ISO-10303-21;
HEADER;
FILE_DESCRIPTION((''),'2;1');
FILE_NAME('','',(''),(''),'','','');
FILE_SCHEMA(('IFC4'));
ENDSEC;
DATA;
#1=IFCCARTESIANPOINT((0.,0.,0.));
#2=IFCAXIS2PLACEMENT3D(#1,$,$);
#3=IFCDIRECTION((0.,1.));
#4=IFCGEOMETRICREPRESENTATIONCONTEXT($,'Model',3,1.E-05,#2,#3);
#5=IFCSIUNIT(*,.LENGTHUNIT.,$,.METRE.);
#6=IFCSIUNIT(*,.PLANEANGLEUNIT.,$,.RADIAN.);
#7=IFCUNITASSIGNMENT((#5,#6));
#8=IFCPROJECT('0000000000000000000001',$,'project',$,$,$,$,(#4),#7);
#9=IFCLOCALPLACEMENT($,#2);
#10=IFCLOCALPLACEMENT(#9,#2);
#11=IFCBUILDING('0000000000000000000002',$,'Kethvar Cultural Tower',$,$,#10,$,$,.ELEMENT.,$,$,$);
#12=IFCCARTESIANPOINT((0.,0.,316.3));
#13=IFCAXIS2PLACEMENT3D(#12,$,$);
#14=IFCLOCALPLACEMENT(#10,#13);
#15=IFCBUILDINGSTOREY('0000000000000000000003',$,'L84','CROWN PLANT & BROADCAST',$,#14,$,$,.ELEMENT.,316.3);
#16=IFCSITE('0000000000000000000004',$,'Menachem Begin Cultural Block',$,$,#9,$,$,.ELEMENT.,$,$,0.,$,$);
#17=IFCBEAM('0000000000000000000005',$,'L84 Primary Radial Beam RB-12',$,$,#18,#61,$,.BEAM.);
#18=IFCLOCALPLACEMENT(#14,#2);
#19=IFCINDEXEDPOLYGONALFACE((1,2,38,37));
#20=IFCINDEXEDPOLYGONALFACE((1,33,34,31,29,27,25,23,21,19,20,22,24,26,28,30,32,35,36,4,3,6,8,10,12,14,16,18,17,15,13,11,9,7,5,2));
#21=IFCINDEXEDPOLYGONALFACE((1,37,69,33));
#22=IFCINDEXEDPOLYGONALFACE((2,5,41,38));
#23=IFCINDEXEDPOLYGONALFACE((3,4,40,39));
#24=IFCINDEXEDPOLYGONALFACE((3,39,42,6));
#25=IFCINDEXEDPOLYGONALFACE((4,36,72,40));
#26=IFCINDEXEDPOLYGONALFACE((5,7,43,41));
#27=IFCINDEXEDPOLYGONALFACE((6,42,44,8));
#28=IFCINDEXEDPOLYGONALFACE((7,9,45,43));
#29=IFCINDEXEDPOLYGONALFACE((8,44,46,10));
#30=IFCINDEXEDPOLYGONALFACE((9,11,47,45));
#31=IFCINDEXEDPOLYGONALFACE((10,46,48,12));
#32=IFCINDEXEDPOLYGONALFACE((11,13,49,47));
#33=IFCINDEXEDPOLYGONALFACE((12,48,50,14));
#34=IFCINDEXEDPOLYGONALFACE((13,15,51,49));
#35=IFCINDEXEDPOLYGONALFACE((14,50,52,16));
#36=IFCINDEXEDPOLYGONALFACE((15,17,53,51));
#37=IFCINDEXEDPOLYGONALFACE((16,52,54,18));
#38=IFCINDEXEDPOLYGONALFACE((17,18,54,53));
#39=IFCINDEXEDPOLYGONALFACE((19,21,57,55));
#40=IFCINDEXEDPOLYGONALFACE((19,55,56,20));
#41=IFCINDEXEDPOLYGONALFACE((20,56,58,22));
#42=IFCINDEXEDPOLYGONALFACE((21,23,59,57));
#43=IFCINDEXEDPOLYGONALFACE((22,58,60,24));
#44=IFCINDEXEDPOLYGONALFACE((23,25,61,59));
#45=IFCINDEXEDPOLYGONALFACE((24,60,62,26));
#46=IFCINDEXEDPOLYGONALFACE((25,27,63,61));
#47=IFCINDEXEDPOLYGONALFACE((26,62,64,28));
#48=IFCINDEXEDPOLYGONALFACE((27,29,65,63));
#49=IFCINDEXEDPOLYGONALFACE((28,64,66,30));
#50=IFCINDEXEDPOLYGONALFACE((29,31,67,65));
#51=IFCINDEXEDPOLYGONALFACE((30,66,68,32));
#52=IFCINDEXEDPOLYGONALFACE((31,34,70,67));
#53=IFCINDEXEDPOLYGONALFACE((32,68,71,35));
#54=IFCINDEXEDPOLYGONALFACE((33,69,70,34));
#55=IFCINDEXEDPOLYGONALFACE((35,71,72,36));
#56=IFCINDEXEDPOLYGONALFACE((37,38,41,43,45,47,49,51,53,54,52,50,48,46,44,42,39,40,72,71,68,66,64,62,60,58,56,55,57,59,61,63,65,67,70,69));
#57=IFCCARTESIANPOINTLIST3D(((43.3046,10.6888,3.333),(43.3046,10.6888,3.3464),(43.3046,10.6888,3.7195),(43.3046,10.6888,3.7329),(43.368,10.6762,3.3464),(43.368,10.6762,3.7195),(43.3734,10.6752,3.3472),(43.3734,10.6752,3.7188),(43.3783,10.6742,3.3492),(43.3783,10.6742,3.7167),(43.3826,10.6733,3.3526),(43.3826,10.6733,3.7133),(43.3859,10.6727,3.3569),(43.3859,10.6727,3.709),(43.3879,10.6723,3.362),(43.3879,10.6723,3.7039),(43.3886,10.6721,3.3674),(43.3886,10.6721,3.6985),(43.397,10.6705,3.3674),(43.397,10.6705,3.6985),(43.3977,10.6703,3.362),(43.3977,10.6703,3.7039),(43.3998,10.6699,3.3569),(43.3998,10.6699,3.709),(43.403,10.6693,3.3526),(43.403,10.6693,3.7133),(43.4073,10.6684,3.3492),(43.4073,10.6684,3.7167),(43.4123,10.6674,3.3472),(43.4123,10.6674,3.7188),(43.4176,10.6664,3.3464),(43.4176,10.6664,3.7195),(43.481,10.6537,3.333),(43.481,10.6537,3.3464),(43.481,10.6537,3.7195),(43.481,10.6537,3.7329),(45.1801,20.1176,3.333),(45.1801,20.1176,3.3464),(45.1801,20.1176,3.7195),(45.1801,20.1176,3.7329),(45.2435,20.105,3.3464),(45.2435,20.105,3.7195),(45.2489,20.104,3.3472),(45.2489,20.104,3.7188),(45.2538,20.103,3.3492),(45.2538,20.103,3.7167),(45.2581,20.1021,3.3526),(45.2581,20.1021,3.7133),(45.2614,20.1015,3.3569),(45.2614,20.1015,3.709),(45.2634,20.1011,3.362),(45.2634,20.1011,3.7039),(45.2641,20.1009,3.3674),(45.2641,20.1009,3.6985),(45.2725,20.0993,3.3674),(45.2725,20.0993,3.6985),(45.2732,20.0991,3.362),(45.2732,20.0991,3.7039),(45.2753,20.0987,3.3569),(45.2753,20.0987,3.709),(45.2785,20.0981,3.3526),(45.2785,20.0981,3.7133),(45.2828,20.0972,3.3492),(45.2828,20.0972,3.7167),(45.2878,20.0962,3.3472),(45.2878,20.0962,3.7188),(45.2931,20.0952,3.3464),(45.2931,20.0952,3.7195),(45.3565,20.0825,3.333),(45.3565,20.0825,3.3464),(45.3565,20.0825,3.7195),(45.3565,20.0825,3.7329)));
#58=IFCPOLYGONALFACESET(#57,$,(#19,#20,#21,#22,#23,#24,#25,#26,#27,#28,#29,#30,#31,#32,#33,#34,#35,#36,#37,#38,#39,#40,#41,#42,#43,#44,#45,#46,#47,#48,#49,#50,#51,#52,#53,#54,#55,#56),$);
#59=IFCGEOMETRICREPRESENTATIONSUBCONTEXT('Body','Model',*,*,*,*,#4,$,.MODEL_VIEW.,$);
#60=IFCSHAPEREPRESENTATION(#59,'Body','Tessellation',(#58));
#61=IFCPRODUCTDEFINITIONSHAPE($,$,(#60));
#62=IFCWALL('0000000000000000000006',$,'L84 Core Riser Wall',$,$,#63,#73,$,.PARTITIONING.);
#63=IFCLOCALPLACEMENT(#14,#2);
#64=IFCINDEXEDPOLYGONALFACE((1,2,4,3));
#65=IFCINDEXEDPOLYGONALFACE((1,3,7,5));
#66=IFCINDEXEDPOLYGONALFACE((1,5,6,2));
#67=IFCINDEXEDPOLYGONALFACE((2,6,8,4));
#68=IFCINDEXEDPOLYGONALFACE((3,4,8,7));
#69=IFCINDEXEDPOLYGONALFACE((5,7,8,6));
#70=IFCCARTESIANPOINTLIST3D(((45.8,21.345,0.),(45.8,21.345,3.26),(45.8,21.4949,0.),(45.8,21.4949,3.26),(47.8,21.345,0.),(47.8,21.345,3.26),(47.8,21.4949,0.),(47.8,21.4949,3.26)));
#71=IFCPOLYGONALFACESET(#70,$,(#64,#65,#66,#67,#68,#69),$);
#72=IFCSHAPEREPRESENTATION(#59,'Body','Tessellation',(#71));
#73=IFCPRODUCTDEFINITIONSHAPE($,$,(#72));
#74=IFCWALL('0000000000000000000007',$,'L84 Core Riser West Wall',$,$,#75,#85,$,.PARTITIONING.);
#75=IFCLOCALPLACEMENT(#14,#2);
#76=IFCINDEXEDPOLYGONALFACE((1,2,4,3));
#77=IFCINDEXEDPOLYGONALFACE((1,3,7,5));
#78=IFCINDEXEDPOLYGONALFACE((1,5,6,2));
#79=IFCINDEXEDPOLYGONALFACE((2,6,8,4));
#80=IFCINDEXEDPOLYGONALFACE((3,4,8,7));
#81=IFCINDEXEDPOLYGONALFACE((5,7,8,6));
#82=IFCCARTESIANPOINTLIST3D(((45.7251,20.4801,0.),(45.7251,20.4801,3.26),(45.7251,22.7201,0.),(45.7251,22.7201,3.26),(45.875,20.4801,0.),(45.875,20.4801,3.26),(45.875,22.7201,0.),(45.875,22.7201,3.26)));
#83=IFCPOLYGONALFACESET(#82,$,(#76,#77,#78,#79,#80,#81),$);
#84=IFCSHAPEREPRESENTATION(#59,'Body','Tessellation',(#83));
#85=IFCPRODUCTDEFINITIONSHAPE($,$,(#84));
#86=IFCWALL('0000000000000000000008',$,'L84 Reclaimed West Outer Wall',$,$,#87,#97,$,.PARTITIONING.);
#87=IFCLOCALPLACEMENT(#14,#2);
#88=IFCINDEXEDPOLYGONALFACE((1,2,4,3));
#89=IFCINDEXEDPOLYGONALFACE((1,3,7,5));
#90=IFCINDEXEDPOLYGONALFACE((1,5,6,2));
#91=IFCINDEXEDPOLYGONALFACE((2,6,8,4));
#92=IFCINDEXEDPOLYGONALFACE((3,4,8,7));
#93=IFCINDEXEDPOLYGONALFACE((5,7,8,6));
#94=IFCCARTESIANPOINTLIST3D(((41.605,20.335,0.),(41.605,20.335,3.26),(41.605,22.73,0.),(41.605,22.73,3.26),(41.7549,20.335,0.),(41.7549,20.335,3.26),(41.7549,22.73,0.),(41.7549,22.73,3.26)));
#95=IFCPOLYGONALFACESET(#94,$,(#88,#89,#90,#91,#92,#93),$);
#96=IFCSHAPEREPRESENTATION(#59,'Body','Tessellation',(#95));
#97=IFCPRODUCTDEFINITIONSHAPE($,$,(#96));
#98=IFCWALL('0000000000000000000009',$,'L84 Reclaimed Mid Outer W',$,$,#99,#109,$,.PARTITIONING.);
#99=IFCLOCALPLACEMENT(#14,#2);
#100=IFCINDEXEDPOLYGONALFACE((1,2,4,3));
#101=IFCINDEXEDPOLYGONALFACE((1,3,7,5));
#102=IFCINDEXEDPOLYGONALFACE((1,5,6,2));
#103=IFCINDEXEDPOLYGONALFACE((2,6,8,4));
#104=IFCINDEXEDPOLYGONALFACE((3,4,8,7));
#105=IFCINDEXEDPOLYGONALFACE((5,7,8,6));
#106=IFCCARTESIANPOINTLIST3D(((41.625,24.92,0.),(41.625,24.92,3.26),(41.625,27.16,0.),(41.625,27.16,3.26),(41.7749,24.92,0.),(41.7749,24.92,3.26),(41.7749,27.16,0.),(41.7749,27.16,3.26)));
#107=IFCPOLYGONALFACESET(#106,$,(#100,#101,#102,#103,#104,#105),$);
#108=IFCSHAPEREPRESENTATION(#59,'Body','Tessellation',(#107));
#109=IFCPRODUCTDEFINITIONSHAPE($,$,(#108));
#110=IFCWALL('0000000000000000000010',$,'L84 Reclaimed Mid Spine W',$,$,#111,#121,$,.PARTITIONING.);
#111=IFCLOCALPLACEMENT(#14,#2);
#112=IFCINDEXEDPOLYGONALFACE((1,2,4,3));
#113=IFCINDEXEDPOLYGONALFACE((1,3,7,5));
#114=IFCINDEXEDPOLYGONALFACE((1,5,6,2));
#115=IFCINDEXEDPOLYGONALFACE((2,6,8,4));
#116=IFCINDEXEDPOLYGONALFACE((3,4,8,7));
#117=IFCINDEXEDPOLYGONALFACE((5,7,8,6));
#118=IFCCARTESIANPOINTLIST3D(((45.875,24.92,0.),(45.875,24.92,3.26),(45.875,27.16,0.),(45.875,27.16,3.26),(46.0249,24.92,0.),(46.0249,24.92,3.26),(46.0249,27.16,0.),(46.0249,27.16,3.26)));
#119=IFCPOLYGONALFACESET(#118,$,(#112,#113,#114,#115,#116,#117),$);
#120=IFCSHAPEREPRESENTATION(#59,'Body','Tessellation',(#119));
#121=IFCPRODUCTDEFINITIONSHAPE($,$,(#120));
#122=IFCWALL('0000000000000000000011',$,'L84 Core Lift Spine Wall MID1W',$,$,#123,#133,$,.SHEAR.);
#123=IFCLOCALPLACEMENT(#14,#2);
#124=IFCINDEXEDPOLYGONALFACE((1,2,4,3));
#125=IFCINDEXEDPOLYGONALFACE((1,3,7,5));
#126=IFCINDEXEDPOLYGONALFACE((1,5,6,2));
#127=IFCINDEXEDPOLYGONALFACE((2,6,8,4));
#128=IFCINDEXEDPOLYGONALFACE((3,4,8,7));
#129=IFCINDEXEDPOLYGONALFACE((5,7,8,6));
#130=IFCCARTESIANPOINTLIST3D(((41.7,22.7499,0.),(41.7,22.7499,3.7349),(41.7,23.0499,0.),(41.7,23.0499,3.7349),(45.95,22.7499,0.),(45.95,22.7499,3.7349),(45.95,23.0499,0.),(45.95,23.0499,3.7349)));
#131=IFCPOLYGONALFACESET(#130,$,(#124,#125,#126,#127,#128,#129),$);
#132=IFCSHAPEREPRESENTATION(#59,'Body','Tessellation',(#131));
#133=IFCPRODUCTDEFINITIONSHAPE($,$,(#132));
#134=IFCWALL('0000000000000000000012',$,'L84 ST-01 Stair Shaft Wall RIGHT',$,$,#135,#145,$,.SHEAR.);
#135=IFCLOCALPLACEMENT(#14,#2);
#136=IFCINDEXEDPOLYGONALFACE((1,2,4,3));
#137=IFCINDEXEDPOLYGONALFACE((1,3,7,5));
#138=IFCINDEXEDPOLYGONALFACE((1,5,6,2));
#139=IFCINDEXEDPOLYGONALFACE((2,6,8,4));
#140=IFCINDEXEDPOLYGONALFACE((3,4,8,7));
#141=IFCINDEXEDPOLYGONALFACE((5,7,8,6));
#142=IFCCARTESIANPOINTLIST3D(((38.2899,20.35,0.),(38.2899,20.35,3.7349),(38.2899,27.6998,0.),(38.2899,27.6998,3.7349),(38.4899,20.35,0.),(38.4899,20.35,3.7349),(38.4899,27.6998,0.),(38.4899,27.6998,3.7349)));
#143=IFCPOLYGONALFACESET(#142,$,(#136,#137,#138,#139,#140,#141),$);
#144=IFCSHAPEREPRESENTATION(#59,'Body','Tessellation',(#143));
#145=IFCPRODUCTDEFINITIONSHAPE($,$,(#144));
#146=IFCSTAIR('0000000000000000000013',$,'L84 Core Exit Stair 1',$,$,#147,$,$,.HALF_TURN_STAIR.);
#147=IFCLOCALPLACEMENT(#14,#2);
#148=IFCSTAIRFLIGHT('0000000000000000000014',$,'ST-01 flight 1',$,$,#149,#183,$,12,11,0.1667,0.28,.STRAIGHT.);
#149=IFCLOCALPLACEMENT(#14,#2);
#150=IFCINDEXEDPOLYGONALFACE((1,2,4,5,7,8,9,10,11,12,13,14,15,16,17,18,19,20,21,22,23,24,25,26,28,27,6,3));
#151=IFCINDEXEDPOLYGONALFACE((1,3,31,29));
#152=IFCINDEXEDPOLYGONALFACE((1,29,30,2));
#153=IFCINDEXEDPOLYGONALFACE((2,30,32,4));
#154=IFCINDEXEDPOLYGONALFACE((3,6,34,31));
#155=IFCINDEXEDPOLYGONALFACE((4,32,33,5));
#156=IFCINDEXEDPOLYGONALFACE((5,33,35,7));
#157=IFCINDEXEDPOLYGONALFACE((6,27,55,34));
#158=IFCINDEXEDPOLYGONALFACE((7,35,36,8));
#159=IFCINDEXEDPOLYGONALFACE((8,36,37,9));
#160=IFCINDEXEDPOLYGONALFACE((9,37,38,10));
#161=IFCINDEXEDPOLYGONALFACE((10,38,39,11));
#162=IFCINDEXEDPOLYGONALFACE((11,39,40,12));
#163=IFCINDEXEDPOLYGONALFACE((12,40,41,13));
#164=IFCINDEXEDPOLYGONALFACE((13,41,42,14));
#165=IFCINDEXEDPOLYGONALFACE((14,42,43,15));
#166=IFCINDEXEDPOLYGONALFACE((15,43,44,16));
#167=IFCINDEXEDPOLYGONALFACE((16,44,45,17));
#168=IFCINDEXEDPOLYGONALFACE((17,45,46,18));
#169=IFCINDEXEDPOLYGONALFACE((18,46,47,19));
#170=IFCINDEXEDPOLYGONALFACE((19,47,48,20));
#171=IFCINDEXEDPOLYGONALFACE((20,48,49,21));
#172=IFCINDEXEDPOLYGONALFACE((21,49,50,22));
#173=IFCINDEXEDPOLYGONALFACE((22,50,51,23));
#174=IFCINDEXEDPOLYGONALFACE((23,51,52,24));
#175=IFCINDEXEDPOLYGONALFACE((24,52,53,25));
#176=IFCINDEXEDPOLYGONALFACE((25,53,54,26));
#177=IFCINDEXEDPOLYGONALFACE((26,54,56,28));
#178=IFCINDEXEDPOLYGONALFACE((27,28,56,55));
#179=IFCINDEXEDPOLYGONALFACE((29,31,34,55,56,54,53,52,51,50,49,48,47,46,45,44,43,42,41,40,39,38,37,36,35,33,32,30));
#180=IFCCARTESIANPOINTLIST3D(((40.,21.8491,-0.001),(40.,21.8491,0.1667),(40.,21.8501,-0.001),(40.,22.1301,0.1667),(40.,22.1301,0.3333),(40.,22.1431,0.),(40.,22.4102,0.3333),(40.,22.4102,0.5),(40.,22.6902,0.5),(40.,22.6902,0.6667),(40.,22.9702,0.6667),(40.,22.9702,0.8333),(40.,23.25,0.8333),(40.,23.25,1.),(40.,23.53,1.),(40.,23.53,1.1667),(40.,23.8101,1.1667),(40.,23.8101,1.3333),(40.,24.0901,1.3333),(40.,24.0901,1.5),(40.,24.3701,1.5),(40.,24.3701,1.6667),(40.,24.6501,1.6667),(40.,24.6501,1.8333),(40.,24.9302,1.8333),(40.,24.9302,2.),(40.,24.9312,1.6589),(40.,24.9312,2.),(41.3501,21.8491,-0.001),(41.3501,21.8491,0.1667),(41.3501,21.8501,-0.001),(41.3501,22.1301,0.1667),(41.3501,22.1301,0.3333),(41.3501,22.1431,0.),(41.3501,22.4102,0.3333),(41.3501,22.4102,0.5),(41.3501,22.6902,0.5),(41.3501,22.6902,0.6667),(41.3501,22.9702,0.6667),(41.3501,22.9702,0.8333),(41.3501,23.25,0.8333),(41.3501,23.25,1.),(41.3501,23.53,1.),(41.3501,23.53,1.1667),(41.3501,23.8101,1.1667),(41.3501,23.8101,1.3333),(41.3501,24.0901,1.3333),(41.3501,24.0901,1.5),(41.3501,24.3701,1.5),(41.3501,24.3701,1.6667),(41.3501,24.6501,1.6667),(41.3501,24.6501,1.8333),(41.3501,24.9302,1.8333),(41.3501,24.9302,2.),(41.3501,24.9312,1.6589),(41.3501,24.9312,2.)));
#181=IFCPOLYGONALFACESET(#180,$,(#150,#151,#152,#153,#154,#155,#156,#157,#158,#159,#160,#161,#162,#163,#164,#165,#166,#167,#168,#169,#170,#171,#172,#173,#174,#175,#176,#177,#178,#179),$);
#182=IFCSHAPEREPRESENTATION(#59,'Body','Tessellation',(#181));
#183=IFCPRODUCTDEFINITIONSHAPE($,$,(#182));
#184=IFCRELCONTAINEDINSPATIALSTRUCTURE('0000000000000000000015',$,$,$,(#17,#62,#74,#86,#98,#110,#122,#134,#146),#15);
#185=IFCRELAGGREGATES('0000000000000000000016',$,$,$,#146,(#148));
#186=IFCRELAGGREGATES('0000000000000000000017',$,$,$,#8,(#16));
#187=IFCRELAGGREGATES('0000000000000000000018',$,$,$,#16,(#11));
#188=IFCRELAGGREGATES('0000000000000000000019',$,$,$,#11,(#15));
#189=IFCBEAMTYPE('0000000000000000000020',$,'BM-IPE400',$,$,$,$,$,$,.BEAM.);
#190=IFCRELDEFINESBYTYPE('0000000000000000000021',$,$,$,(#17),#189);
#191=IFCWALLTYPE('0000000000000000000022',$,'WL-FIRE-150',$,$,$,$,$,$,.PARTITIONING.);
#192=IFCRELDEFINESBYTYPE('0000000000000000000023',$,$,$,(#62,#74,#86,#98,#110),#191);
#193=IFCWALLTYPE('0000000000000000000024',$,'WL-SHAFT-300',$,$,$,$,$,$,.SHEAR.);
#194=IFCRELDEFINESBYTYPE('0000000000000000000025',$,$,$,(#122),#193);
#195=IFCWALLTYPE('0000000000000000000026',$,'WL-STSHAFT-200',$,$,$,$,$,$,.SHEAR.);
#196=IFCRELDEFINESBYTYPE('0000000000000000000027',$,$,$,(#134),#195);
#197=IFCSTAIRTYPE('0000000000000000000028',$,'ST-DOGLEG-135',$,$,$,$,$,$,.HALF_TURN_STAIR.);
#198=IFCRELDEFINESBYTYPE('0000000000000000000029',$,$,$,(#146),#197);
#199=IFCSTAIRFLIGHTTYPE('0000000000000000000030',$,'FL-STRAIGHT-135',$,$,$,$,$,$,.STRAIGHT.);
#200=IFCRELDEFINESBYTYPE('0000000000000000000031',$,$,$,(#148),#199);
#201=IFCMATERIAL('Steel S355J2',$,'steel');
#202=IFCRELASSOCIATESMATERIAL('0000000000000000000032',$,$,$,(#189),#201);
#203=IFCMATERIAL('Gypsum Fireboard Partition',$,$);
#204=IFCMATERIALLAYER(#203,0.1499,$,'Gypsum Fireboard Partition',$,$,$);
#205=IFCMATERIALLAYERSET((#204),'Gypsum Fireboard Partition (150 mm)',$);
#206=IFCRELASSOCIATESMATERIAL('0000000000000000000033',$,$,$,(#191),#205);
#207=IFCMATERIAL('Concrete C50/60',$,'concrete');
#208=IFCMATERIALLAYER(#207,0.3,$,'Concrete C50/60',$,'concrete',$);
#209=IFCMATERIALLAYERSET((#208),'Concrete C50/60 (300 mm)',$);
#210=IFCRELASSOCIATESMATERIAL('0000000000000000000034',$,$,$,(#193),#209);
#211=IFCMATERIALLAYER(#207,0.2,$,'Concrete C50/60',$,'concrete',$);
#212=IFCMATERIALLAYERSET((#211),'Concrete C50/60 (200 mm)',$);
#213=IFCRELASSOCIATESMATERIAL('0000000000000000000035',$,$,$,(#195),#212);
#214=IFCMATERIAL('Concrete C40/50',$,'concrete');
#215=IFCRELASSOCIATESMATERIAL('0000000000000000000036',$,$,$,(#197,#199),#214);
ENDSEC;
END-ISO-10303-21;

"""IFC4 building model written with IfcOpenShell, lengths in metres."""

from ifc_helpers import new_model, si_unit, direction, frame, frame_2d, origin, origin_2d, place, context, subcontext, project, spatial, polyline, rectangle, i_section, outline, extrude, source, transform, mapped, material, layer, layer_set, material_profile, profile_set, type_object, element, aggregate, save


model = new_model("IFC4")

# Units and contexts
model_context = context("Model", 3, precision=1e-05, world=origin(), true_north=direction((0.0, 1.0)))
body_context = subcontext(model_context, "Body", "Model", "MODEL_VIEW")
ifc_project = project(units=[si_unit("LENGTHUNIT", "METRE"), si_unit("PLANEANGLEUNIT", "RADIAN")], contexts=[model_context])

# Site, building, storey
site_placement = place(None, origin())
site = spatial("IfcSite", under=ifc_project, at=site_placement, Name="Menachem Begin Cultural Block", CompositionType="ELEMENT", RefElevation=0.0)
building_placement = place(site_placement, origin())
building = spatial("IfcBuilding", under=site, at=building_placement, Name="Kethvar Cultural Tower", CompositionType="ELEMENT")
storey_placement = place(building_placement, frame((0.0, 0.0, 316.3)))
storey = spatial("IfcBuildingStorey", under=building, at=storey_placement, Name="L84", Description="CROWN PLANT & BROADCAST", CompositionType="ELEMENT", Elevation=316.3)

# Beam
ifc_material_1 = material(Name="Steel S355J2", Category="steel")
ifc_material_profile_1 = material_profile(ifc_material_1, i_section(OverallWidth=0.1799, OverallDepth=0.3999, WebThickness=0.0085, FlangeThickness=0.0134, FilletRadius=0.021, at=origin_2d()), Name="Steel S355J2 — IPE400")
ifc_profile_set_1 = profile_set([ifc_material_profile_1], Name="Steel S355J2 — IPE400")
beam_type_1 = type_object("IfcBeamType", Name="BM-IPE400", PredefinedType="BEAM", material=ifc_profile_set_1)
shared_shape_1 = source(origin(), body_context, "Body", "SweptSolid", [
    extrude(i_section(OverallWidth=0.1799, OverallDepth=0.3999, WebThickness=0.0085, FlangeThickness=0.0134, FilletRadius=0.021, at=origin_2d()), origin(), (0.0, 0.0, 1.0), 9.6135),
])
beam_1_placement = place(storey_placement, frame((45.2683, 20.1001, 3.533), z_axis=(-0.19509, -0.980785, 0.0), x_axis=(0.980785, -0.19509, 0.0)))
element("IfcBeam", 1, at=beam_1_placement, inside=storey, type_object=beam_type_1, Name="L84 Primary Radial Beam RB-12", PredefinedType="BEAM", context=body_context, shape_type="MappedRepresentation", body=[
    mapped(shared_shape_1, transform((0.0, 0.0, 0.0), scale=1.0)),
])

# Walls
ifc_material_2 = material(Name="Gypsum Fireboard Partition")
ifc_layer_1 = layer(ifc_material_2, 0.1499, Name="Gypsum Fireboard Partition")
ifc_layer_set_1 = layer_set([ifc_layer_1], Name="Gypsum Fireboard Partition (150 mm)")
wall_type_1 = type_object("IfcWallType", Name="WL-FIRE-150", PredefinedType="PARTITIONING", material=ifc_layer_set_1)
wall_1_placement = place(storey_placement, frame((45.8, 21.4199, 0.0), z_axis=(0.0, 0.0, 1.0), x_axis=(1.0, 0.0, 0.0)))
element("IfcWall", 2, at=wall_1_placement, inside=storey, type_object=wall_type_1, Name="L84 Core Riser Wall", PredefinedType="PARTITIONING", context=body_context, shape_type="SweptSolid", body=[
    extrude(rectangle(XDim=2.0, YDim=0.1499, at=frame_2d((1.0, 0.0))), origin(), (0.0, 0.0, 1.0), 3.26),
])
wall_2_placement = place(storey_placement, frame((45.8, 20.48, 0.0), z_axis=(0.0, 0.0, 1.0), x_axis=(0.0, 1.0, 0.0)))
element("IfcWall", 3, at=wall_2_placement, inside=storey, type_object=wall_type_1, Name="L84 Core Riser West Wall", PredefinedType="PARTITIONING", context=body_context, shape_type="SweptSolid", body=[
    extrude(rectangle(XDim=2.24, YDim=0.1499, at=frame_2d((1.1201, 0.0))), origin(), (0.0, 0.0, 1.0), 3.26),
])
wall_3_placement = place(storey_placement, frame((41.6799, 20.335, 0.0), z_axis=(0.0, 0.0, 1.0), x_axis=(0.0, 1.0, 0.0)))
element("IfcWall", 4, at=wall_3_placement, inside=storey, type_object=wall_type_1, Name="L84 Reclaimed West Outer Wall", PredefinedType="PARTITIONING", context=body_context, shape_type="SweptSolid", body=[
    extrude(rectangle(XDim=2.395, YDim=0.1499, at=frame_2d((1.1975, 0.0))), origin(), (0.0, 0.0, 1.0), 3.26),
])

# Walls
for number, where, z_axis, x_axis, name in (
    (5, (41.7, 24.9199, 0.0), (0.0, 0.0, 1.0), (0.0, 1.0, 0.0), "L84 Reclaimed Mid Outer W"),
    (6, (45.95, 24.9199, 0.0), (0.0, 0.0, 1.0), (0.0, 1.0, 0.0), "L84 Reclaimed Mid Spine W"),
):
    element("IfcWall", number, at=place(storey_placement, frame(where, z_axis=z_axis, x_axis=x_axis)), inside=storey, type_object=wall_type_1, Name=name, PredefinedType="PARTITIONING", context=body_context, shape_type="SweptSolid", body=[
        extrude(rectangle(XDim=2.24, YDim=0.1499, at=frame_2d((1.1201, 0.0))), origin(), (0.0, 0.0, 1.0), 3.26),
    ])
ifc_material_3 = material(Name="Concrete C50/60", Category="concrete")
ifc_layer_2 = layer(ifc_material_3, 0.3, Name="Concrete C50/60", Category="concrete")
ifc_layer_set_2 = layer_set([ifc_layer_2], Name="Concrete C50/60 (300 mm)")
wall_type_2 = type_object("IfcWallType", Name="WL-SHAFT-300", PredefinedType="SHEAR", material=ifc_layer_set_2)
wall_4_placement = place(storey_placement, frame((41.7, 22.8999, 0.0), z_axis=(0.0, 0.0, 1.0), x_axis=(1.0, 0.0, 0.0)))
element("IfcWall", 7, at=wall_4_placement, inside=storey, type_object=wall_type_2, Name="L84 Core Lift Spine Wall MID1W", PredefinedType="SHEAR", context=body_context, shape_type="SweptSolid", body=[
    extrude(rectangle(XDim=4.25, YDim=0.3, at=frame_2d((2.125, 0.0))), origin(), (0.0, 0.0, 1.0), 3.7349),
])

# Wall
ifc_layer_3 = layer(ifc_material_3, 0.2, Name="Concrete C50/60", Category="concrete")
ifc_layer_set_3 = layer_set([ifc_layer_3], Name="Concrete C50/60 (200 mm)")
wall_type_3 = type_object("IfcWallType", Name="WL-STSHAFT-200", PredefinedType="SHEAR", material=ifc_layer_set_3)
wall_5_placement = place(storey_placement, frame((38.3899, 20.3501, 0.0), z_axis=(0.0, 0.0, 1.0), x_axis=(0.0, 1.0, 0.0)))
element("IfcWall", 8, at=wall_5_placement, inside=storey, type_object=wall_type_3, Name="L84 ST-01 Stair Shaft Wall RIGHT", PredefinedType="SHEAR", context=body_context, shape_type="SweptSolid", body=[
    extrude(rectangle(XDim=7.3499, YDim=0.2, at=frame_2d((3.6748, 0.0))), origin(), (0.0, 0.0, 1.0), 3.7349),
])

# Stair, stair flight
ifc_material_4 = material(Name="Concrete C40/50", Category="concrete")
stair_type = type_object("IfcStairType", Name="ST-DOGLEG-135", PredefinedType="HALF_TURN_STAIR", material=ifc_material_4)
stair_placement = place(storey_placement, origin())
stair = element("IfcStair", 9, at=stair_placement, inside=storey, type_object=stair_type, Name="L84 Core Exit Stair 1", PredefinedType="HALF_TURN_STAIR")
stair_flight_type = type_object("IfcStairFlightType", Name="FL-STRAIGHT-135", PredefinedType="STRAIGHT", material=ifc_material_4)
stair_flight_1_placement = place(storey_placement, frame((40.675, 21.8501, 0.0), z_axis=(0.0, 0.0, 1.0), x_axis=(0.0, 1.0, 0.0)))
stair_flight_1 = element("IfcStairFlight", 10, at=stair_flight_1_placement, type_object=stair_flight_type, Name="ST-01 flight 1", NumberOfRisers=12, NumberOfTreads=11, PredefinedType="STRAIGHT", RiserHeight=0.1667, TreadLength=0.28, context=body_context, shape_type="SweptSolid", body=[
    extrude(outline(polyline([(-0.001, -0.001), (-0.001, 0.1667), (0.28, 0.1667), (0.28, 0.3333), (0.5601, 0.3333), (0.5601, 0.5), (0.8401, 0.5), (0.8401, 0.6667), (1.1201, 0.6667), (1.1201, 0.8333), (1.3999, 0.8333), (1.3999, 1.0), (1.6799, 1.0), (1.6799, 1.1667), (1.96, 1.1667), (1.96, 1.3333), (2.24, 1.3333), (2.24, 1.5), (2.52, 1.5), (2.52, 1.6667), (2.8, 1.6667), (2.8, 1.8333), (3.0801, 1.8333), (3.0801, 2.0), (3.0811, 2.0), (3.0811, 1.6589), (0.293, 0.0), (0.0, -0.001), (-0.001, -0.001)])), frame((0.0, 0.675, 0.0), z_axis=(0.0, -1.0, 0.0), x_axis=(1.0, 0.0, 0.0)), (0.0, 0.0, 1.0), 1.3501),
])
aggregate(stair, [stair_flight_1])

save(model, "model.ifc")
